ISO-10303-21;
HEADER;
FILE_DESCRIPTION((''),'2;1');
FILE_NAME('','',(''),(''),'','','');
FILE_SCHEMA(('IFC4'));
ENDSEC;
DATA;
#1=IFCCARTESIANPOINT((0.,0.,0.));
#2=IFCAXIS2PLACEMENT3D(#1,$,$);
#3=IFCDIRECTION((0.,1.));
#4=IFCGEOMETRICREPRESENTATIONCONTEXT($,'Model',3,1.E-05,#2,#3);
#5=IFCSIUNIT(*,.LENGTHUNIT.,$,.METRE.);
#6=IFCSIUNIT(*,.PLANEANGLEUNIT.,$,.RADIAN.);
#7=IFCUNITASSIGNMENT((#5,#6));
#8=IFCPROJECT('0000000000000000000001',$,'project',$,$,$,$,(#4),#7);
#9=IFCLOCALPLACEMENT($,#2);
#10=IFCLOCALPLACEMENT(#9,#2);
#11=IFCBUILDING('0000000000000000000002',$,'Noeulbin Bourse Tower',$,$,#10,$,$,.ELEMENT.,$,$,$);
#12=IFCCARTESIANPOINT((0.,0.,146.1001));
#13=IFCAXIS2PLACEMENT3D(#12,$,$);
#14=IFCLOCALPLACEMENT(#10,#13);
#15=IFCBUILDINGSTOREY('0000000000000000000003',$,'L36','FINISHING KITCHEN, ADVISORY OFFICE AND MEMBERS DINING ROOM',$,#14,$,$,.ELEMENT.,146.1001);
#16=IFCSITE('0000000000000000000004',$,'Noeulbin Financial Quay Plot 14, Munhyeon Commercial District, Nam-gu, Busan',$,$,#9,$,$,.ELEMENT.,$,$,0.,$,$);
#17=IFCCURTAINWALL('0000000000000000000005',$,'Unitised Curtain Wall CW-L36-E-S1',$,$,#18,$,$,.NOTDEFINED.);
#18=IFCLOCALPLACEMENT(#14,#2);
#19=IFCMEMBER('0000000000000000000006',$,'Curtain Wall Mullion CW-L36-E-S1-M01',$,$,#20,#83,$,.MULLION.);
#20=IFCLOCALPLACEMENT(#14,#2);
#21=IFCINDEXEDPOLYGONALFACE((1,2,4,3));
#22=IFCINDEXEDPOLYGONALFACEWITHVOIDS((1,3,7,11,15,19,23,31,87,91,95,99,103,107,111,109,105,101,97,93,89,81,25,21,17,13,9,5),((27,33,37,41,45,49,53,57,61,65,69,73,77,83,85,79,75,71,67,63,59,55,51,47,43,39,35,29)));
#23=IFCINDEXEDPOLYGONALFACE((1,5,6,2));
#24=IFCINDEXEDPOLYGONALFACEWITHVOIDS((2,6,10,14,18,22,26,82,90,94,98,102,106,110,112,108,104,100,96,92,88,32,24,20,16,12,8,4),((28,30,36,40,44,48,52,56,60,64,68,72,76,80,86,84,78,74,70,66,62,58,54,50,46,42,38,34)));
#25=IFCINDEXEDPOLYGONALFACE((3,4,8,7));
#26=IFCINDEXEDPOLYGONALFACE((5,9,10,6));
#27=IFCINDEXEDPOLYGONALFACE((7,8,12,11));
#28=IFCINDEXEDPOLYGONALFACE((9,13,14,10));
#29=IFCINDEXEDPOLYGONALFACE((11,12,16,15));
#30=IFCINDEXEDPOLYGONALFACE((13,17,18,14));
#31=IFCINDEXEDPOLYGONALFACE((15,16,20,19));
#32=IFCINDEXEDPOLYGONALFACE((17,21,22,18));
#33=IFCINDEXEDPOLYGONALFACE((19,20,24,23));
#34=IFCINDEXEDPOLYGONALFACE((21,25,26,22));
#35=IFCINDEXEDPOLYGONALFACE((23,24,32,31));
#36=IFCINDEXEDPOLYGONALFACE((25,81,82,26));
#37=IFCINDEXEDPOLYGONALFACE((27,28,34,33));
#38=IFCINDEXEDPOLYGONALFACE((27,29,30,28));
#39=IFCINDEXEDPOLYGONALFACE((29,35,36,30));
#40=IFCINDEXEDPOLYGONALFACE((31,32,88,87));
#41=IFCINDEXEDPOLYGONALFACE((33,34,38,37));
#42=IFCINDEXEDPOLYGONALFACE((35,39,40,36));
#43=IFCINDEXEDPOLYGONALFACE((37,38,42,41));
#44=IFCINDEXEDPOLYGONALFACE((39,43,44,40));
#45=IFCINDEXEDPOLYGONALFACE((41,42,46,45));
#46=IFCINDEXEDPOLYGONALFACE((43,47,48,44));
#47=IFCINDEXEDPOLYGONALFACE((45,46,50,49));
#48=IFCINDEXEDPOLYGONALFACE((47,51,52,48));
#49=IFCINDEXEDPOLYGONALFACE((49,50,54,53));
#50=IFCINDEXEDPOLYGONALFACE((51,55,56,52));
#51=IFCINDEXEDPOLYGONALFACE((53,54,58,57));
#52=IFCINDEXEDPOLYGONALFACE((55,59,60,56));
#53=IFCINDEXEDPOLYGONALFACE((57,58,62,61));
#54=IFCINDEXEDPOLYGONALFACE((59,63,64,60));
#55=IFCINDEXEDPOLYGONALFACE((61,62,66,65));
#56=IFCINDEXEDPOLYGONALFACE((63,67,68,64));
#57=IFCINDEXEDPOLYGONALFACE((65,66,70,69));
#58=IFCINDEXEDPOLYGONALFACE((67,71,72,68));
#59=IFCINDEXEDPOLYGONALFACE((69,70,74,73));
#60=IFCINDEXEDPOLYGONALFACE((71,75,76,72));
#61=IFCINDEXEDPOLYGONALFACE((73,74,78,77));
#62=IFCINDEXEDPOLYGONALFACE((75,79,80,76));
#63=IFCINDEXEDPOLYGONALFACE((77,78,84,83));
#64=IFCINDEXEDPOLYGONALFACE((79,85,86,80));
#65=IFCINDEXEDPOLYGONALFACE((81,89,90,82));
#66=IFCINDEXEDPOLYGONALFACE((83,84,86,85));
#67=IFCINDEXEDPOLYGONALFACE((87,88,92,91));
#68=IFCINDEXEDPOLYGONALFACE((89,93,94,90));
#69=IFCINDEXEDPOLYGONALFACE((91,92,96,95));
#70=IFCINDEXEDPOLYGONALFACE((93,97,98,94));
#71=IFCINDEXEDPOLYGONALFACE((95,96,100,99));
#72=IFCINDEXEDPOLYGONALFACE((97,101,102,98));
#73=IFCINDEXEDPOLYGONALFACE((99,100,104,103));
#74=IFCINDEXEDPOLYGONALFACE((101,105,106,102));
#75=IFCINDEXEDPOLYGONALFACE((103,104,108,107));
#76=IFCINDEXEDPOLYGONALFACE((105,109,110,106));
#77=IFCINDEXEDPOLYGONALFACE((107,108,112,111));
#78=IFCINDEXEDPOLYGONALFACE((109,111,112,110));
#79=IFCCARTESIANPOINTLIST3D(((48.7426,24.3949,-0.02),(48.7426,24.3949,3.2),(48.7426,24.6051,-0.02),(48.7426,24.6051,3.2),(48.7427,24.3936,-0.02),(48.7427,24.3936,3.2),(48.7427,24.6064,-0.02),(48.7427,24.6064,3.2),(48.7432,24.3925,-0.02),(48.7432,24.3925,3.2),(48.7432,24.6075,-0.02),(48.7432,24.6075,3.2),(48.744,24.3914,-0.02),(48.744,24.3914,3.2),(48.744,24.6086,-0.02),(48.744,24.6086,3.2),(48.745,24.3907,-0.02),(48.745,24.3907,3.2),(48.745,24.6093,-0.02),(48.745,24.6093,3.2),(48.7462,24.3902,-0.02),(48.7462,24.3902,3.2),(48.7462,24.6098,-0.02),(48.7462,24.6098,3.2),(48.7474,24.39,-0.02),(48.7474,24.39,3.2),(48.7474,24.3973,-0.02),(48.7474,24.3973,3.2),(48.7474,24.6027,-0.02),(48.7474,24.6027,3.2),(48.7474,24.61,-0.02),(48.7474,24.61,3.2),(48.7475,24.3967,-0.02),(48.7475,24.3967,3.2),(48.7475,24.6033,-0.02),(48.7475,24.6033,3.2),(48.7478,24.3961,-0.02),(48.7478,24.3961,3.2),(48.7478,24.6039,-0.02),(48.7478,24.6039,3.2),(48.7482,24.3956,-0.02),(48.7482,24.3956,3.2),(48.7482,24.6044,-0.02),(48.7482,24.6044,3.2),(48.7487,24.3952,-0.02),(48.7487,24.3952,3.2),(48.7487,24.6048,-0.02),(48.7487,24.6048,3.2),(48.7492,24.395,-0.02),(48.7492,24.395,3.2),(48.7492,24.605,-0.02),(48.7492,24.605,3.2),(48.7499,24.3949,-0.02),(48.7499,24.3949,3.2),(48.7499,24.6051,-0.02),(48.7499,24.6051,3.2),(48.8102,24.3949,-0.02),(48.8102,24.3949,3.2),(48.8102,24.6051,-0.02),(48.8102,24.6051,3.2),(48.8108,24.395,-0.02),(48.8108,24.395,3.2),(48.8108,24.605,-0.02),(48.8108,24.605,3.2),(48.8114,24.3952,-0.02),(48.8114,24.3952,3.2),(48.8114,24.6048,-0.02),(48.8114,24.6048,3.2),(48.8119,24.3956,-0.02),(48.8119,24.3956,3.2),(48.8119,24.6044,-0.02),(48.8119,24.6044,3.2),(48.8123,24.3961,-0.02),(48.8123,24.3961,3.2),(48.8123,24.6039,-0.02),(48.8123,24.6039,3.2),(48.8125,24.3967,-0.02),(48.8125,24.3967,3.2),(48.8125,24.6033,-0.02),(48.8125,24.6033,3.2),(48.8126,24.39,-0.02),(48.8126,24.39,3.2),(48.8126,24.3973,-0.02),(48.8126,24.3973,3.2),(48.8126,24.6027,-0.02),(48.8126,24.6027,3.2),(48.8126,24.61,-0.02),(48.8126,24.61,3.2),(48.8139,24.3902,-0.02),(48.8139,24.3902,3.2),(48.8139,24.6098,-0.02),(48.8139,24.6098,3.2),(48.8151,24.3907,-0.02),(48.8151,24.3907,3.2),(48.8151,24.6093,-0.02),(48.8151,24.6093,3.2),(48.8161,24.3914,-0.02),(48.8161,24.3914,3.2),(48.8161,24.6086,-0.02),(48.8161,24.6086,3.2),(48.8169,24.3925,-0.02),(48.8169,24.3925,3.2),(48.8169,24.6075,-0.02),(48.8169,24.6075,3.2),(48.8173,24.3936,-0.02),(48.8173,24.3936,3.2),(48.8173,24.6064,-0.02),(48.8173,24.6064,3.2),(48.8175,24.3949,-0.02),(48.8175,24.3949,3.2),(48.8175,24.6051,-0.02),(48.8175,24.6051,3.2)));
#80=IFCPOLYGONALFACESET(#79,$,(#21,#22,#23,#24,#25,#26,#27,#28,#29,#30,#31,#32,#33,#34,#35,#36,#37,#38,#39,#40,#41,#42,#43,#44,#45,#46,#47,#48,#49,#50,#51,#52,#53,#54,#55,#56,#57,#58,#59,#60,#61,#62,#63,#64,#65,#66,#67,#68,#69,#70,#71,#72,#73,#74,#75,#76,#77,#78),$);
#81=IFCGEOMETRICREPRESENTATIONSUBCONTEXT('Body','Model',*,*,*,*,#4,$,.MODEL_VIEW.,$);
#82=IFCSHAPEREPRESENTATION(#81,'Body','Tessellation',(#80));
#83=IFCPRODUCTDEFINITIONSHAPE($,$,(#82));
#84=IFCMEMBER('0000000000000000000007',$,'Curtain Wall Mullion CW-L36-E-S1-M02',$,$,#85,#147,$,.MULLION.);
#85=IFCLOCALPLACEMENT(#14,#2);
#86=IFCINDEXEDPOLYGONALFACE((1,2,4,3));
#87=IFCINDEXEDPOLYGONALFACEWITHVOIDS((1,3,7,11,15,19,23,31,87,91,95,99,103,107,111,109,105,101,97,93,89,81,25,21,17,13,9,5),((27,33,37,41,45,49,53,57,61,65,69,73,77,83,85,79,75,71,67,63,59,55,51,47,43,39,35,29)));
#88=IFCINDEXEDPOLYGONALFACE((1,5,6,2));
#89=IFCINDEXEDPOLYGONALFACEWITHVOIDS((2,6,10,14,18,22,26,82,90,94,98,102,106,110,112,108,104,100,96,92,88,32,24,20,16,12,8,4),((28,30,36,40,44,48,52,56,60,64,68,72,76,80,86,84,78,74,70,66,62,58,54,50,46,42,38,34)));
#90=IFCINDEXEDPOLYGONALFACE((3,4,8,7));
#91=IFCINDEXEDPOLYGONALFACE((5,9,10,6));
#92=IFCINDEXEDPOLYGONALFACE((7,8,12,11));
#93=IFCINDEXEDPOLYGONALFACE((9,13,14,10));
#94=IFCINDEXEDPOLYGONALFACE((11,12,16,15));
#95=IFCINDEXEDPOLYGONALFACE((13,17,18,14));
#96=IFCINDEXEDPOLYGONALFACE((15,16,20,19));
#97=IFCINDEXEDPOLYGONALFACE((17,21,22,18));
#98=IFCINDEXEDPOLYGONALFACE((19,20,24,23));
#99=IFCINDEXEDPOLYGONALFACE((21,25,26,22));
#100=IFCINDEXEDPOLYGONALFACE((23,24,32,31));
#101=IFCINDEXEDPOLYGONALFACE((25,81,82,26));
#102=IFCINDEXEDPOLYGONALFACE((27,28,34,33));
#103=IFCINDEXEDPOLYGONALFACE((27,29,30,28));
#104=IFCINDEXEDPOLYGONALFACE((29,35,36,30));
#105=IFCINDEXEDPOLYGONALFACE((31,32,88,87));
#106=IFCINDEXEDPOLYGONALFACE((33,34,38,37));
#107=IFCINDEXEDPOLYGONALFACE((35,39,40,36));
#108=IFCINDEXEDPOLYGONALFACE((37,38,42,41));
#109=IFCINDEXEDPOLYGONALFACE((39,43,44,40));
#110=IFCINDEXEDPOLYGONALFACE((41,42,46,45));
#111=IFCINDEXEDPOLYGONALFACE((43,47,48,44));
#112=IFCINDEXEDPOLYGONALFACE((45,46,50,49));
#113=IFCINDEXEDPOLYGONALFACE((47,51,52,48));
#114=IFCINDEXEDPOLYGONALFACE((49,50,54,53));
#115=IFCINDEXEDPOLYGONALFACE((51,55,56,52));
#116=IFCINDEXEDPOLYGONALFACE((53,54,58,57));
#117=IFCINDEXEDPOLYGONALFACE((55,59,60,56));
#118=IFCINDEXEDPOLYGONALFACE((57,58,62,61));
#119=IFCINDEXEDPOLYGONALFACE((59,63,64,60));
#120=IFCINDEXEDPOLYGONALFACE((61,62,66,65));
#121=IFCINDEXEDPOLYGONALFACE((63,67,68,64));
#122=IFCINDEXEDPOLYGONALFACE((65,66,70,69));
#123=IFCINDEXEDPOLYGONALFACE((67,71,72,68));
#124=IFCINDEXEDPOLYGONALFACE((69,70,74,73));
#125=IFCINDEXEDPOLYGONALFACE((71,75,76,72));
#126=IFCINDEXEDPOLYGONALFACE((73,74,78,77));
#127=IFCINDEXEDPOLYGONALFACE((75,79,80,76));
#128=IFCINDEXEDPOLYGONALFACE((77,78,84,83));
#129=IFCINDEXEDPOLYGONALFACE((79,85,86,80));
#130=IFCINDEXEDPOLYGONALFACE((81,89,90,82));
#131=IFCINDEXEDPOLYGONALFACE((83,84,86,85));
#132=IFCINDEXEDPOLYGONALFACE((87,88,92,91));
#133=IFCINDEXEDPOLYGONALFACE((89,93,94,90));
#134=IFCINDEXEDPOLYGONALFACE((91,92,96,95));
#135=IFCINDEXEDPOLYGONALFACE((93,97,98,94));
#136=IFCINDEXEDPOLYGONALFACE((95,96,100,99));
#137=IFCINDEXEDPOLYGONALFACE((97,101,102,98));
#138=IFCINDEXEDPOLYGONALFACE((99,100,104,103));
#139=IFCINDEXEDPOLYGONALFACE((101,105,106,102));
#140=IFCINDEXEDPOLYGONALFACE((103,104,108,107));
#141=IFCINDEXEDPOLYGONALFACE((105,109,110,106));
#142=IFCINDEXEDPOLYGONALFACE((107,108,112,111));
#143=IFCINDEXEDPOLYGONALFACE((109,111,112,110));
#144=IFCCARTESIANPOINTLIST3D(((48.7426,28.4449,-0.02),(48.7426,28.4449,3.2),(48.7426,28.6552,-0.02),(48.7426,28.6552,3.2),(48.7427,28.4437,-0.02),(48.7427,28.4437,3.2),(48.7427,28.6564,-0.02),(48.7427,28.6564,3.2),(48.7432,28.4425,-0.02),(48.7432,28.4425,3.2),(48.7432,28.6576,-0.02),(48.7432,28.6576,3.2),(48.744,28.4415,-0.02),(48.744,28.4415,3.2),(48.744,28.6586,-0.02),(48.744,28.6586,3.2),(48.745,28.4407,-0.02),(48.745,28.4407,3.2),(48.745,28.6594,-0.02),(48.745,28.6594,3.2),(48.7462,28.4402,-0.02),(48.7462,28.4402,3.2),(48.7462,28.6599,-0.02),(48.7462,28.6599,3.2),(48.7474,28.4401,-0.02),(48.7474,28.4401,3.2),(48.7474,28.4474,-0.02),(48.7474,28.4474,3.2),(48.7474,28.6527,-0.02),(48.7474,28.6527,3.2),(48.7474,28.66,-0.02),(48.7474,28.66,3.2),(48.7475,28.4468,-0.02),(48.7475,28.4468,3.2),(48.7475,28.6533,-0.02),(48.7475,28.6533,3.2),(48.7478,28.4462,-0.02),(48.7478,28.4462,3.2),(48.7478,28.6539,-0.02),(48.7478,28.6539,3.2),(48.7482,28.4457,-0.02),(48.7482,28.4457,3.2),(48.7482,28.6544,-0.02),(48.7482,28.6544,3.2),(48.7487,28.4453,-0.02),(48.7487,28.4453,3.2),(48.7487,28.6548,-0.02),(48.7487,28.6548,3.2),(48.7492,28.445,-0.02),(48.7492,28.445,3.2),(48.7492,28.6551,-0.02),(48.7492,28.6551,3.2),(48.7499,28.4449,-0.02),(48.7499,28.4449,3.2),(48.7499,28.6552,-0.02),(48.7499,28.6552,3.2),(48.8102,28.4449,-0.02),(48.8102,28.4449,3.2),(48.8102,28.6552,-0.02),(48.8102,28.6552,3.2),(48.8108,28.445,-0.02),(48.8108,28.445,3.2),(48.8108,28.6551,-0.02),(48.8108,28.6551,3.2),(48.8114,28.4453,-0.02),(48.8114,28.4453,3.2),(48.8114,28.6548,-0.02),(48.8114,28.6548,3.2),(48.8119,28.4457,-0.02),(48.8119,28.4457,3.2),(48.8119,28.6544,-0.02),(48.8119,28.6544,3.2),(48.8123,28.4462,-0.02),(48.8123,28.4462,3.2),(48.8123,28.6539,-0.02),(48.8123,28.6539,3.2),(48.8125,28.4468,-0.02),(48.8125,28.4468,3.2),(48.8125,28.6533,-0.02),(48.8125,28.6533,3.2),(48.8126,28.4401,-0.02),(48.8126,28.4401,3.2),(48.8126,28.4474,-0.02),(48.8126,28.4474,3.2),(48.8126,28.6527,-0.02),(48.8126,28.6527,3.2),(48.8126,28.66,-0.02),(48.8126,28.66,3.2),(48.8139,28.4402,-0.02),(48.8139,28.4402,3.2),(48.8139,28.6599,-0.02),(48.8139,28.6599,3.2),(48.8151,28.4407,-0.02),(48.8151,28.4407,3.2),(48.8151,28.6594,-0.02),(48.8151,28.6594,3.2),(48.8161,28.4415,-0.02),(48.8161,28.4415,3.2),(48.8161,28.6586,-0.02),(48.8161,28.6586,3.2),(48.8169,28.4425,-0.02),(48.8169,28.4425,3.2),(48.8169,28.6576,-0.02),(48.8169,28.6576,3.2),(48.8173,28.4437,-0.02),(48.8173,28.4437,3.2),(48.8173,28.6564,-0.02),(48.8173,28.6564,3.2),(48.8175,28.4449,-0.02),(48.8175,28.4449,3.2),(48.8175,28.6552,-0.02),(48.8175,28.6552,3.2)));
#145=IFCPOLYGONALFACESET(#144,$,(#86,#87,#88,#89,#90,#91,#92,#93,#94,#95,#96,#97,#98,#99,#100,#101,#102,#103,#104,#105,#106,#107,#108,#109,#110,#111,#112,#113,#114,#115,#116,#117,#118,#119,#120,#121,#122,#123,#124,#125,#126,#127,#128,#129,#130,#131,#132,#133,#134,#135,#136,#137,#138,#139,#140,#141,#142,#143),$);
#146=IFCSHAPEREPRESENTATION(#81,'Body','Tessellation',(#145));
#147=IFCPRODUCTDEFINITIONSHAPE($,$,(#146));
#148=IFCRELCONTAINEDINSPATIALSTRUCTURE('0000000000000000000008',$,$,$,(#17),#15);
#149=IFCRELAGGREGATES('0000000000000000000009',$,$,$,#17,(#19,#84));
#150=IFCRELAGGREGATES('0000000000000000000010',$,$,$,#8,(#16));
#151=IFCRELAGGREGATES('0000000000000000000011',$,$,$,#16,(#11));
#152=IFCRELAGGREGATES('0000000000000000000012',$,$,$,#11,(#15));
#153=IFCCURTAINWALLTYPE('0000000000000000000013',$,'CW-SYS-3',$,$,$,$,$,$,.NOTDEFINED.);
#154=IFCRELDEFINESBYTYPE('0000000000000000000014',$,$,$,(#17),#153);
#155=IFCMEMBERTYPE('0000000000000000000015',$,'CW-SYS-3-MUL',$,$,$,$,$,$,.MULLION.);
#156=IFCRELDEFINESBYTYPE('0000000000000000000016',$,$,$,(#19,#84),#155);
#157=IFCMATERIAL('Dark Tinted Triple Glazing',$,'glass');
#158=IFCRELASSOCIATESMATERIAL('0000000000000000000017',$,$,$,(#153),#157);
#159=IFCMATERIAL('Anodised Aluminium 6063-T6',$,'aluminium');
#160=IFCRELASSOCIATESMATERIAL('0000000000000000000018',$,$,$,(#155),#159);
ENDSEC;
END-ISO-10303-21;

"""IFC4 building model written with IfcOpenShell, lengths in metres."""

from ifc_helpers import new_model, si_unit, direction, frame, origin, origin_2d, place, context, subcontext, project, spatial, hollow_rectangle, extrude, material, material_profile, profile_set, type_object, element, aggregate, save


model = new_model("IFC4")

# Units and contexts
model_context = context("Model", 3, precision=1e-05, world=origin(), true_north=direction((0.0, 1.0)))
body_context = subcontext(model_context, "Body", "Model", "MODEL_VIEW")
ifc_project = project(units=[si_unit("LENGTHUNIT", "METRE"), si_unit("PLANEANGLEUNIT", "RADIAN")], contexts=[model_context])

# Site, building, storey
site_placement = place(None, origin())
site = spatial("IfcSite", under=ifc_project, at=site_placement, Name="Noeulbin Financial Quay Plot 14, Munhyeon Commercial District, Nam-gu, Busan", CompositionType="ELEMENT", RefElevation=0.0)
building_placement = place(site_placement, origin())
building = spatial("IfcBuilding", under=site, at=building_placement, Name="Noeulbin Bourse Tower", CompositionType="ELEMENT")
storey_placement = place(building_placement, frame((0.0, 0.0, 146.1001)))
storey = spatial("IfcBuildingStorey", under=building, at=storey_placement, Name="L36", Description="FINISHING KITCHEN, ADVISORY OFFICE AND MEMBERS DINING ROOM", CompositionType="ELEMENT", Elevation=146.1001)

# Curtain wall, members
ifc_material_1 = material(Name="Dark Tinted Triple Glazing", Category="glass")
curtain_wall_type = type_object("IfcCurtainWallType", Name="CW-SYS-3", PredefinedType="NOTDEFINED", material=ifc_material_1)
curtain_wall_placement = place(storey_placement, origin())
curtain_wall = element("IfcCurtainWall", 1, at=curtain_wall_placement, inside=storey, type_object=curtain_wall_type, Name="Unitised Curtain Wall CW-L36-E-S1", PredefinedType="NOTDEFINED")
ifc_material_2 = material(Name="Anodised Aluminium 6063-T6", Category="aluminium")
ifc_material_profile_1 = material_profile(ifc_material_2, hollow_rectangle(XDim=0.075, YDim=0.22, WallThickness=0.0049, InnerFilletRadius=0.0024, OuterFilletRadius=0.0049, at=origin_2d()), Name="ALU-MULL-75x220x5", Category="LoadBearing")
ifc_profile_set_1 = profile_set([ifc_material_profile_1], Name="Anodised Aluminium 6063-T6")
member_type_1 = type_object("IfcMemberType", Name="CW-SYS-3-MUL", PredefinedType="MULLION", material=ifc_profile_set_1)
member_1_placement = place(storey_placement, frame((48.78, 24.5, -0.02), z_axis=(0.0, 0.0, 1.0), x_axis=(1.0, 0.0, 0.0)))
member_1 = element("IfcMember", 2, at=member_1_placement, type_object=member_type_1, Name="Curtain Wall Mullion CW-L36-E-S1-M01", PredefinedType="MULLION", context=body_context, shape_type="SweptSolid", body=[
    extrude(hollow_rectangle(XDim=0.075, YDim=0.22, WallThickness=0.0049, InnerFilletRadius=0.0024, OuterFilletRadius=0.0049, at=origin_2d()), origin(), (0.0, 0.0, 1.0), 3.22),
])
member_2_placement = place(storey_placement, frame((48.78, 28.55, -0.02), z_axis=(0.0, 0.0, 1.0), x_axis=(1.0, 0.0, 0.0)))
member_2 = element("IfcMember", 3, at=member_2_placement, type_object=member_type_1, Name="Curtain Wall Mullion CW-L36-E-S1-M02", PredefinedType="MULLION", context=body_context, shape_type="SweptSolid", body=[
    extrude(hollow_rectangle(XDim=0.075, YDim=0.22, WallThickness=0.0049, InnerFilletRadius=0.0024, OuterFilletRadius=0.0049, at=origin_2d()), origin(), (0.0, 0.0, 1.0), 3.22),
])
aggregate(curtain_wall, [member_1, member_2])

save(model, "model.ifc")
